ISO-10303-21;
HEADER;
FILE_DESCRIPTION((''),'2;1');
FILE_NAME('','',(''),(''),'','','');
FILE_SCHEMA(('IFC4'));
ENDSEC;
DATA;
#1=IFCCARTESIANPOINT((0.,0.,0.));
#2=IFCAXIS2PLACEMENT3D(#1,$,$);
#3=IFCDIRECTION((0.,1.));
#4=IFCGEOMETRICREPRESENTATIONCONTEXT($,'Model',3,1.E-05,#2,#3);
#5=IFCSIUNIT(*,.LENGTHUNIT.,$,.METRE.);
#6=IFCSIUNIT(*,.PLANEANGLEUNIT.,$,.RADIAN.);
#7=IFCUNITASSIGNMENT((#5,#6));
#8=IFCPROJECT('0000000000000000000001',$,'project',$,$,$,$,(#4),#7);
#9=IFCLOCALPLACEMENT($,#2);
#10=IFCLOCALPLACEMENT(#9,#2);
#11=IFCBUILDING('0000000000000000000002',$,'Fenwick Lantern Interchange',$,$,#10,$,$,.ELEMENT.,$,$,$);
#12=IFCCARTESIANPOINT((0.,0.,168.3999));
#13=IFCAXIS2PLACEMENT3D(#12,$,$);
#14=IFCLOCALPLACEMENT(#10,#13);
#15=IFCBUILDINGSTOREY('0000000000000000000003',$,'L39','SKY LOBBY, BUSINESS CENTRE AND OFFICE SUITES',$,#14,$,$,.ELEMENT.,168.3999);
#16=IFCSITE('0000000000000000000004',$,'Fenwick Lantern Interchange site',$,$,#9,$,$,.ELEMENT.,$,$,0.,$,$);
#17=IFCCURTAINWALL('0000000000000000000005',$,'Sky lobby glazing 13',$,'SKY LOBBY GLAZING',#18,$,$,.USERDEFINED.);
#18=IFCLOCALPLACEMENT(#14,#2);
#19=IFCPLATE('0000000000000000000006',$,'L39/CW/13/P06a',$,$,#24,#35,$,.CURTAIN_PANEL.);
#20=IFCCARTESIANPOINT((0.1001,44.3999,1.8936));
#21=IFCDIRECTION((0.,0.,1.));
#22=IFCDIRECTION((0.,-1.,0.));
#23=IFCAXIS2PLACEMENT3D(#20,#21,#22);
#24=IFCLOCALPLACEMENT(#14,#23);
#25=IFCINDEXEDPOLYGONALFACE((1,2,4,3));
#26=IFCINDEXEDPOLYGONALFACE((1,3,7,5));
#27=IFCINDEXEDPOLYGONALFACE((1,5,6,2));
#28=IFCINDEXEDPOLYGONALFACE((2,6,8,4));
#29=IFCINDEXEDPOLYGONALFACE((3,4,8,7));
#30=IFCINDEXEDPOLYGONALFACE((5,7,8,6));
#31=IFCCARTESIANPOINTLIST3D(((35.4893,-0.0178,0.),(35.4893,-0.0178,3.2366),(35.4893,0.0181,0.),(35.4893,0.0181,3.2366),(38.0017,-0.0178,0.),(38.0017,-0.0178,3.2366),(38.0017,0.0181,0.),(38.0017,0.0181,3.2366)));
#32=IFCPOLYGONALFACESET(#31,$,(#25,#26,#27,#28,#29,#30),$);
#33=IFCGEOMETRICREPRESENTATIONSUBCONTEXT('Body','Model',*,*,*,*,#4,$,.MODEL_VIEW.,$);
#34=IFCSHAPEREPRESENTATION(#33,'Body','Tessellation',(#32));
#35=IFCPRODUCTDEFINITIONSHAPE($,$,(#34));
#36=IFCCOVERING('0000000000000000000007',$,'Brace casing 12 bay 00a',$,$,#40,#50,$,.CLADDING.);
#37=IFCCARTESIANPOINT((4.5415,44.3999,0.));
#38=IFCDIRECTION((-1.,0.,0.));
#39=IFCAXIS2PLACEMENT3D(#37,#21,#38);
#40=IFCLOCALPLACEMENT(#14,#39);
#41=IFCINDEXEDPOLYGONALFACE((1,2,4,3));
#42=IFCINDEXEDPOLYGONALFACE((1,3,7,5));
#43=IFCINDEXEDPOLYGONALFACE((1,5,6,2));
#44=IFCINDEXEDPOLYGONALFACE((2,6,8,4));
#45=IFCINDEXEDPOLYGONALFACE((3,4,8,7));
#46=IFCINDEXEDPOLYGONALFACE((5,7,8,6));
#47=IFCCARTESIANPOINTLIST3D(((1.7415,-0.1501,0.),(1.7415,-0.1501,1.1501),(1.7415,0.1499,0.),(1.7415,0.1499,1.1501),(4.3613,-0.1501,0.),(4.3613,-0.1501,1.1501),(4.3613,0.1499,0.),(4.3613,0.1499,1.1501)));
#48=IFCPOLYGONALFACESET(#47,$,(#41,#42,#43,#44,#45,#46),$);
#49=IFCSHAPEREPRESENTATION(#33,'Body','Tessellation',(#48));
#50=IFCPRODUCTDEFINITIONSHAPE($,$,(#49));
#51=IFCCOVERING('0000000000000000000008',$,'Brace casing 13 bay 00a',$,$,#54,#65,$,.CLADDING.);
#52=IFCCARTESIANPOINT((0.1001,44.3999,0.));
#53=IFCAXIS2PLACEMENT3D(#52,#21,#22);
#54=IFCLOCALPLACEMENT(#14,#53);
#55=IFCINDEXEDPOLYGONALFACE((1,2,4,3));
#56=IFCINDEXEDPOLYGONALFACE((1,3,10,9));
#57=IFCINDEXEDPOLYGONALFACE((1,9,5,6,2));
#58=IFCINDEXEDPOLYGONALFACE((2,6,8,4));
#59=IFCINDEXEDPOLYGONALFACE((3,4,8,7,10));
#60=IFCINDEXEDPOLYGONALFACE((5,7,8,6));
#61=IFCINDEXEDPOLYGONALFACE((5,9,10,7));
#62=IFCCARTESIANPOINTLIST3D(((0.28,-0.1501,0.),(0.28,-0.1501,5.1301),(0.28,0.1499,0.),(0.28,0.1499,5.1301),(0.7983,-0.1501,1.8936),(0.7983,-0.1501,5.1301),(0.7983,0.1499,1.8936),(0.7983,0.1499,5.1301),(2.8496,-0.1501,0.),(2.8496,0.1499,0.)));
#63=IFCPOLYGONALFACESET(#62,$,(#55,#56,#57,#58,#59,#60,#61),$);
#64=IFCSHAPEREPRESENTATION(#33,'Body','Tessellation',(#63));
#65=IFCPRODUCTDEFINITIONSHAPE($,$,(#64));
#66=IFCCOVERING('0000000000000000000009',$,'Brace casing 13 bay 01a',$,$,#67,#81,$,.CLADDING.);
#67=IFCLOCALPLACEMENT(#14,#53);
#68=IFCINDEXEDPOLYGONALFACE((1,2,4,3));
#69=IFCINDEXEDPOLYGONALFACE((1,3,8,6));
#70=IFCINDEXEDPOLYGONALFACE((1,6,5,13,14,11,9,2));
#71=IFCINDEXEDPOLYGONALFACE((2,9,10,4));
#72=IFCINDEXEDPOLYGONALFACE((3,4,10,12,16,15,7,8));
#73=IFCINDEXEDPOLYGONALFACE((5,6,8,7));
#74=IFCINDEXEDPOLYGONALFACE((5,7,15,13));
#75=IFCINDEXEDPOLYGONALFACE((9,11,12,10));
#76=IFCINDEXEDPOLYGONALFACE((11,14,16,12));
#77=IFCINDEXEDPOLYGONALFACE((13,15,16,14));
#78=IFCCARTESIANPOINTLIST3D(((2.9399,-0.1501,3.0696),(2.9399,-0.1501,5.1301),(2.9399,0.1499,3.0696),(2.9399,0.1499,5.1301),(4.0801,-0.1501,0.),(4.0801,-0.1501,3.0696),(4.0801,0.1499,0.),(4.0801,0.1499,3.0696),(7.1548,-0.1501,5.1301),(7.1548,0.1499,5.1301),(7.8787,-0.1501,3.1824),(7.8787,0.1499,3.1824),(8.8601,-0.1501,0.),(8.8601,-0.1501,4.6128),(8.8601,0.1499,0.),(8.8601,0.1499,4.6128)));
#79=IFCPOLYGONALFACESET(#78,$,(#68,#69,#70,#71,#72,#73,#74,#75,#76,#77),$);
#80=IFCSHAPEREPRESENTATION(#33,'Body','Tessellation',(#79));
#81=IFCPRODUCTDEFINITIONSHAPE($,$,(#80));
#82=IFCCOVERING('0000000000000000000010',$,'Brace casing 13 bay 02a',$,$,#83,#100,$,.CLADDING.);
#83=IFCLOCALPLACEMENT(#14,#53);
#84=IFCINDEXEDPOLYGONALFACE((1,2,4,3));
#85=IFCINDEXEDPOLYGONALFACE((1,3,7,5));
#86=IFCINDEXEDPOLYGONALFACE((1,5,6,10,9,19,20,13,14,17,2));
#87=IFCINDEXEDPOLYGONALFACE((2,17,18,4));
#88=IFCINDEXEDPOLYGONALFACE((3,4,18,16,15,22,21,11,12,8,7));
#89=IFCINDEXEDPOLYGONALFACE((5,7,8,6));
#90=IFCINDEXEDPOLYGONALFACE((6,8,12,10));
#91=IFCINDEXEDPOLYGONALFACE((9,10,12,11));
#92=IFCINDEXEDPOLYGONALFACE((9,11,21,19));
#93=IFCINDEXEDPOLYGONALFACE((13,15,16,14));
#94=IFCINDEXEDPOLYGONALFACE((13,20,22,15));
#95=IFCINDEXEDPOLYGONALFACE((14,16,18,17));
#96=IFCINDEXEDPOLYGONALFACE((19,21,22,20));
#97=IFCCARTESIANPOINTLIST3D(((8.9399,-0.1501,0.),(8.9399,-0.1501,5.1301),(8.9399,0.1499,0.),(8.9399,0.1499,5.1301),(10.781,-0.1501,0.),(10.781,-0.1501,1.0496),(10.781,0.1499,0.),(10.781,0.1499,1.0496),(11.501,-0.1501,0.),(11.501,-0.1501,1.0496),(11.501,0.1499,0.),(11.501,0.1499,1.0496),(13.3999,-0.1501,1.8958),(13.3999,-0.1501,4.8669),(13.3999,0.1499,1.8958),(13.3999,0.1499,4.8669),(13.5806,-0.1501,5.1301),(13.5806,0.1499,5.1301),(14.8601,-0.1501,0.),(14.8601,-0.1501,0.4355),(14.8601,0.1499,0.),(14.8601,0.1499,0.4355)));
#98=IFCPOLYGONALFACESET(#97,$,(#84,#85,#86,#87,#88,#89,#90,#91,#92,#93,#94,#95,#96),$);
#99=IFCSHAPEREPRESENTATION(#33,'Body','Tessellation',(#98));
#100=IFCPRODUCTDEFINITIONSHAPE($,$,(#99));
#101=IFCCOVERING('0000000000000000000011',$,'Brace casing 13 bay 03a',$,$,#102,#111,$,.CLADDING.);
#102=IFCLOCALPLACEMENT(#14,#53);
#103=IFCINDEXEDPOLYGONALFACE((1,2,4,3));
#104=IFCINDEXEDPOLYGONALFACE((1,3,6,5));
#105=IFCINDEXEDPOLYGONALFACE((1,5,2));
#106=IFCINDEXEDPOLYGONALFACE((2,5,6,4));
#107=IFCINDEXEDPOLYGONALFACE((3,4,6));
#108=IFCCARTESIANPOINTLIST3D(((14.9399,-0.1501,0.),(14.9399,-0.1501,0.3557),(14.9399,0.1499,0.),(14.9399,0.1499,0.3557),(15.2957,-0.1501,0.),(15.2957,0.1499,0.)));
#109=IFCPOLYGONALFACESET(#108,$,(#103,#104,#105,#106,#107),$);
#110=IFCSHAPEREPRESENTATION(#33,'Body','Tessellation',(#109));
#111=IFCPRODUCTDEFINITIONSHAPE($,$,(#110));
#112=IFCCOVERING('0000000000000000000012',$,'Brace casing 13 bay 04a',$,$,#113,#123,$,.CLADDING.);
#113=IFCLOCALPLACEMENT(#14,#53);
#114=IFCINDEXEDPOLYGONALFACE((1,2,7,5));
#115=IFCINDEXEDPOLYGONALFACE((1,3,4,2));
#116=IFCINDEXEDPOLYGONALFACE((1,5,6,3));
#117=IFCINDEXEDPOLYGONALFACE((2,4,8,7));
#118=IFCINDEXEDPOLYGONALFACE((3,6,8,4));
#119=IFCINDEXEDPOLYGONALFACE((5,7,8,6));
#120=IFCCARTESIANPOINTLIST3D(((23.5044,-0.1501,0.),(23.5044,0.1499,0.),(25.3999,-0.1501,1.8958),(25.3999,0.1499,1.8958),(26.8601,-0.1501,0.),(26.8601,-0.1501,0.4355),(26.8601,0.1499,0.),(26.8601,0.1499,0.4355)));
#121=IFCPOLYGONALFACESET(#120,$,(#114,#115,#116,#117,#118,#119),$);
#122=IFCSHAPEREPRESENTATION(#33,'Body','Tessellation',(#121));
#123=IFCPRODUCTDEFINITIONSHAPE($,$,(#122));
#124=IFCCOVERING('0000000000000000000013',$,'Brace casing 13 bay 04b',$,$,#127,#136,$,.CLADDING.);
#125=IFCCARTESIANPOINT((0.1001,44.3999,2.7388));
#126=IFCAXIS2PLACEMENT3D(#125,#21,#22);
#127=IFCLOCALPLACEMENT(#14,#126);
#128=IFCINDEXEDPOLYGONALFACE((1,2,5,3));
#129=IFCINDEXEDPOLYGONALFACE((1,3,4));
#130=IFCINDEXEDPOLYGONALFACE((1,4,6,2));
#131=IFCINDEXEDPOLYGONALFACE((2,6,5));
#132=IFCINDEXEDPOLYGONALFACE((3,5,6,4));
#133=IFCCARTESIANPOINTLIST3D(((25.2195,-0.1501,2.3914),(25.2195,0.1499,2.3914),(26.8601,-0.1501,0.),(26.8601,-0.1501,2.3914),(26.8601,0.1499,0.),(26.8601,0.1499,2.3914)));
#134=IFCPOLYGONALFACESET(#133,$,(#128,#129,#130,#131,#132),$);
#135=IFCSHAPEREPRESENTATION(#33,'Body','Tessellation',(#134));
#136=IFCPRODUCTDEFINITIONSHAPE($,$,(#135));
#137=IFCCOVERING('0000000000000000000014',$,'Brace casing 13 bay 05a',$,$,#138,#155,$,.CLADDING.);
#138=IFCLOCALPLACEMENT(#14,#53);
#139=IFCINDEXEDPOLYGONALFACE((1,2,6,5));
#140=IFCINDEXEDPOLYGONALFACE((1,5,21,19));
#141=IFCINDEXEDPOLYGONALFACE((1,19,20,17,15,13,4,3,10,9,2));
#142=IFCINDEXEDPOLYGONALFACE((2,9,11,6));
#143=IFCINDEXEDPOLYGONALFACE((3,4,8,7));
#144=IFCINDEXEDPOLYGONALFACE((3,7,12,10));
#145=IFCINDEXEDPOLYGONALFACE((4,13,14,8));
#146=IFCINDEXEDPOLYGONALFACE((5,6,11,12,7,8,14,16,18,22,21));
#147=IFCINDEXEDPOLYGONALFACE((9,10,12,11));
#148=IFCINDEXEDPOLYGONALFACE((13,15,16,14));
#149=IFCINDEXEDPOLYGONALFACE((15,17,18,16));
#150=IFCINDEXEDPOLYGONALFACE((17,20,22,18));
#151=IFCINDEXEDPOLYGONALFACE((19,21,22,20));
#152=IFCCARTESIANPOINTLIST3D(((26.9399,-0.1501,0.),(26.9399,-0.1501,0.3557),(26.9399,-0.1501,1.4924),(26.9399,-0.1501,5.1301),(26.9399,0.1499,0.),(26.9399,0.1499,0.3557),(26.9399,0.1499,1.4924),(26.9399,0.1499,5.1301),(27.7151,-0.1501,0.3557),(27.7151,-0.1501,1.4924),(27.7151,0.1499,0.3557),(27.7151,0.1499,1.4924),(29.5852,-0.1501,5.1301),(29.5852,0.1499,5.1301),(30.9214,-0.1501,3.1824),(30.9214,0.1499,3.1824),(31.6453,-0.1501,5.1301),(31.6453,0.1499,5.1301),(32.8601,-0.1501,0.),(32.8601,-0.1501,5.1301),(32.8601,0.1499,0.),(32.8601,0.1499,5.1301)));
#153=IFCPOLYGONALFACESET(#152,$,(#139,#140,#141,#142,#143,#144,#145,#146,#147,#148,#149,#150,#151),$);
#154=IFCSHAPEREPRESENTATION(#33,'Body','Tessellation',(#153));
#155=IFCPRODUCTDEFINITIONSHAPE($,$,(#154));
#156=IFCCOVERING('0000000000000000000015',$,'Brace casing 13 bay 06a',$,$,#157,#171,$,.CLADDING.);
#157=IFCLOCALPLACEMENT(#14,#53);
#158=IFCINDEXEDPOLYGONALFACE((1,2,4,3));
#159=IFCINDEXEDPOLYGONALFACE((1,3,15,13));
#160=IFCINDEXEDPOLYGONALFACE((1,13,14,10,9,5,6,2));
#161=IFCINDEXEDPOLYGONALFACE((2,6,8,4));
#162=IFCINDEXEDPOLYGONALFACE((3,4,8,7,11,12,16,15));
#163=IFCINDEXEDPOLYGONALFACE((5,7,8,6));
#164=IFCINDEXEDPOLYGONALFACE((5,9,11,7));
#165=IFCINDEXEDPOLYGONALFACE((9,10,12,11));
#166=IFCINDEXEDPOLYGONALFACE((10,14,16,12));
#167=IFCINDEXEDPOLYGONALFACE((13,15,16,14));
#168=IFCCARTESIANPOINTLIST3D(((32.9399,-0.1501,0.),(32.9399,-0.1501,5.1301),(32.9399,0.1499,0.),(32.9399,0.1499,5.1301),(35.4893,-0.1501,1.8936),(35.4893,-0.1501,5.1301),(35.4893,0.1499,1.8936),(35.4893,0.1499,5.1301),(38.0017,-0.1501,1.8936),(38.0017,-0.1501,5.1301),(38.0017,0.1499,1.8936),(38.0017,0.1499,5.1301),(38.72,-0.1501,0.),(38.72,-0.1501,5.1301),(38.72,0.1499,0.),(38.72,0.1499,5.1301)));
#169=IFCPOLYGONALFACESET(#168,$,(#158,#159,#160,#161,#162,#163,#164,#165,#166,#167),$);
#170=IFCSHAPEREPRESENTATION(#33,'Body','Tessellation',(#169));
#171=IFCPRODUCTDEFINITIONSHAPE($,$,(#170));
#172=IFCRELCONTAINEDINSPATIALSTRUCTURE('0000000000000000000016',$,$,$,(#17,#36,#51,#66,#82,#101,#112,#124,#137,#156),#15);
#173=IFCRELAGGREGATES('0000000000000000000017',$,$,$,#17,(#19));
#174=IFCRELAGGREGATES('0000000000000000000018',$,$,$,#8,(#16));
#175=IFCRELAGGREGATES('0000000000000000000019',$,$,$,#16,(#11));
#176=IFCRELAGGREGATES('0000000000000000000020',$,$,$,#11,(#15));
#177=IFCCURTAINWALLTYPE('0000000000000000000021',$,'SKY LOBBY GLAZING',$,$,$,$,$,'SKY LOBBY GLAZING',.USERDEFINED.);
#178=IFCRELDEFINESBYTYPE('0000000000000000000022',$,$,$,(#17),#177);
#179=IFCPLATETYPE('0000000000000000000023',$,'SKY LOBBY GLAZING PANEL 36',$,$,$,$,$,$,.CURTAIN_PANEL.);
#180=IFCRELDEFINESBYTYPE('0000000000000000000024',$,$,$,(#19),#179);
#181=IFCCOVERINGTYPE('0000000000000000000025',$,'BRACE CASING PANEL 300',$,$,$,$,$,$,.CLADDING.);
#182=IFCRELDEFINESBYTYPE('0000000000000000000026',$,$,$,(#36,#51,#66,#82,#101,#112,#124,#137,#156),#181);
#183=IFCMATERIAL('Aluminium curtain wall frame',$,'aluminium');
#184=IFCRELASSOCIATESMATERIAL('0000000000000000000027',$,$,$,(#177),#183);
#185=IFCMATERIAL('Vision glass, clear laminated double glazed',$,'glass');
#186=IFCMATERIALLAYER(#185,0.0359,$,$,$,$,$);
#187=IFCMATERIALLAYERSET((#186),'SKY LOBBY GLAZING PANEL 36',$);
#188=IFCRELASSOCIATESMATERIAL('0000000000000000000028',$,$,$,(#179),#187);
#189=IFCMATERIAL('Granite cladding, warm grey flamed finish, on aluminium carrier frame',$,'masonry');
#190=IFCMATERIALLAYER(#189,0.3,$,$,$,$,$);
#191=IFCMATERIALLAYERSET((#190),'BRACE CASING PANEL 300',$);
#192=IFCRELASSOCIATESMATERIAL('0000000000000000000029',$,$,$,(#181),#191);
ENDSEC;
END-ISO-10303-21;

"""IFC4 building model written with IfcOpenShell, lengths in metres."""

from ifc_helpers import new_model, si_unit, direction, frame, origin, place, context, subcontext, project, spatial, polyline, outline, extrude, material, layer, layer_set, type_object, element, aggregate, save


model = new_model("IFC4")

# Units and contexts
model_context = context("Model", 3, precision=1e-05, world=origin(), true_north=direction((0.0, 1.0)))
body_context = subcontext(model_context, "Body", "Model", "MODEL_VIEW")
ifc_project = project(units=[si_unit("LENGTHUNIT", "METRE"), si_unit("PLANEANGLEUNIT", "RADIAN")], contexts=[model_context])

# Site, building, storey
site_placement = place(None, origin())
site = spatial("IfcSite", under=ifc_project, at=site_placement, Name="Fenwick Lantern Interchange site", CompositionType="ELEMENT", RefElevation=0.0)
building_placement = place(site_placement, origin())
building = spatial("IfcBuilding", under=site, at=building_placement, Name="Fenwick Lantern Interchange", CompositionType="ELEMENT")
storey_placement = place(building_placement, frame((0.0, 0.0, 168.3999)))
storey = spatial("IfcBuildingStorey", under=building, at=storey_placement, Name="L39", Description="SKY LOBBY, BUSINESS CENTRE AND OFFICE SUITES", CompositionType="ELEMENT", Elevation=168.3999)

# Shared definitions
ifc_material_1 = material(Name="Aluminium curtain wall frame", Category="aluminium")
curtain_wall_type = type_object("IfcCurtainWallType", Name="SKY LOBBY GLAZING", ElementType="SKY LOBBY GLAZING", PredefinedType="USERDEFINED", material=ifc_material_1)

# Curtain wall
curtain_wall_1_placement = place(storey_placement, origin())
curtain_wall_1 = element("IfcCurtainWall", 1, at=curtain_wall_1_placement, inside=storey, type_object=curtain_wall_type, Name="Sky lobby glazing 13", ObjectType="SKY LOBBY GLAZING", PredefinedType="USERDEFINED")

# Plate
ifc_material_2 = material(Name="Vision glass, clear laminated double glazed", Category="glass")
ifc_layer_1 = layer(ifc_material_2, 0.0359)
ifc_layer_set_1 = layer_set([ifc_layer_1], Name="SKY LOBBY GLAZING PANEL 36")
plate_type = type_object("IfcPlateType", Name="SKY LOBBY GLAZING PANEL 36", PredefinedType="CURTAIN_PANEL", material=ifc_layer_set_1)
plate_1_placement = place(storey_placement, frame((0.1001, 44.3999, 1.8936), z_axis=(0.0, 0.0, 1.0), x_axis=(0.0, -1.0, 0.0)))
plate_1 = element("IfcPlate", 2, at=plate_1_placement, type_object=plate_type, Name="L39/CW/13/P06a", PredefinedType="CURTAIN_PANEL", context=body_context, shape_type="SweptSolid", body=[
    extrude(outline(polyline([(35.4893, 0.0), (38.0017, 0.0), (38.0017, 3.2366), (35.4893, 3.2366), (35.4893, 0.0)])), frame((0.0, 0.0181, 0.0), z_axis=(0.0, -1.0, 0.0), x_axis=(1.0, 0.0, 0.0)), (0.0, 0.0, 1.0), 0.0359),
])
aggregate(curtain_wall_1, [plate_1])

# Coverings
ifc_material_3 = material(Name="Granite cladding, warm grey flamed finish, on aluminium carrier frame", Category="masonry")
ifc_layer_2 = layer(ifc_material_3, 0.3)
ifc_layer_set_2 = layer_set([ifc_layer_2], Name="BRACE CASING PANEL 300")
covering_type = type_object("IfcCoveringType", Name="BRACE CASING PANEL 300", PredefinedType="CLADDING", material=ifc_layer_set_2)
covering_1_placement = place(storey_placement, frame((4.5415, 44.3999, 0.0), z_axis=(0.0, 0.0, 1.0), x_axis=(-1.0, 0.0, 0.0)))
element("IfcCovering", 3, at=covering_1_placement, inside=storey, type_object=covering_type, Name="Brace casing 12 bay 00a", PredefinedType="CLADDING", context=body_context, shape_type="SweptSolid", body=[
    extrude(outline(polyline([(1.7415, 0.0), (4.3613, 0.0), (4.3613, 1.1501), (1.7415, 1.1501), (1.7415, 0.0)])), frame((0.0, 0.1499, 0.0), z_axis=(0.0, -1.0, 0.0), x_axis=(1.0, 0.0, 0.0)), (0.0, 0.0, 1.0), 0.3),
])
covering_2_placement = place(storey_placement, frame((0.1001, 44.3999, 0.0), z_axis=(0.0, 0.0, 1.0), x_axis=(0.0, -1.0, 0.0)))
element("IfcCovering", 4, at=covering_2_placement, inside=storey, type_object=covering_type, Name="Brace casing 13 bay 00a", PredefinedType="CLADDING", context=body_context, shape_type="SweptSolid", body=[
    extrude(outline(polyline([(0.28, 0.0), (2.8496, 0.0), (0.7983, 1.8936), (0.7983, 5.1301), (0.28, 5.1301), (0.28, 0.0)])), frame((0.0, 0.1499, 0.0), z_axis=(0.0, -1.0, 0.0), x_axis=(1.0, 0.0, 0.0)), (0.0, 0.0, 1.0), 0.3),
])
covering_3_placement = place(storey_placement, frame((0.1001, 44.3999, 0.0), z_axis=(0.0, 0.0, 1.0), x_axis=(0.0, -1.0, 0.0)))
element("IfcCovering", 5, at=covering_3_placement, inside=storey, type_object=covering_type, Name="Brace casing 13 bay 01a", PredefinedType="CLADDING", context=body_context, shape_type="SweptSolid", body=[
    extrude(outline(polyline([(4.0801, 0.0), (8.8601, 0.0), (8.8601, 4.6128), (7.8787, 3.1824), (7.1548, 5.1301), (2.9399, 5.1301), (2.9399, 3.0696), (4.0801, 3.0696), (4.0801, 0.0)])), frame((0.0, 0.1499, 0.0), z_axis=(0.0, -1.0, 0.0), x_axis=(1.0, 0.0, 0.0)), (0.0, 0.0, 1.0), 0.3),
])
covering_4_placement = place(storey_placement, frame((0.1001, 44.3999, 0.0), z_axis=(0.0, 0.0, 1.0), x_axis=(0.0, -1.0, 0.0)))
element("IfcCovering", 6, at=covering_4_placement, inside=storey, type_object=covering_type, Name="Brace casing 13 bay 02a", PredefinedType="CLADDING", context=body_context, shape_type="SweptSolid", body=[
    extrude(outline(polyline([(8.9399, 0.0), (10.781, 0.0), (10.781, 1.0496), (11.501, 1.0496), (11.501, 0.0), (14.8601, 0.0), (14.8601, 0.4355), (13.3999, 1.8958), (13.3999, 4.8669), (13.5806, 5.1301), (8.9399, 5.1301), (8.9399, 0.0)])), frame((0.0, 0.1499, 0.0), z_axis=(0.0, -1.0, 0.0), x_axis=(1.0, 0.0, 0.0)), (0.0, 0.0, 1.0), 0.3),
])
covering_5_placement = place(storey_placement, frame((0.1001, 44.3999, 0.0), z_axis=(0.0, 0.0, 1.0), x_axis=(0.0, -1.0, 0.0)))
element("IfcCovering", 7, at=covering_5_placement, inside=storey, type_object=covering_type, Name="Brace casing 13 bay 03a", PredefinedType="CLADDING", context=body_context, shape_type="SweptSolid", body=[
    extrude(outline(polyline([(14.9399, 0.0), (15.2957, 0.0), (14.9399, 0.3557), (14.9399, 0.0)])), frame((0.0, 0.1499, 0.0), z_axis=(0.0, -1.0, 0.0), x_axis=(1.0, 0.0, 0.0)), (0.0, 0.0, 1.0), 0.3),
])
covering_6_placement = place(storey_placement, frame((0.1001, 44.3999, 0.0), z_axis=(0.0, 0.0, 1.0), x_axis=(0.0, -1.0, 0.0)))
element("IfcCovering", 8, at=covering_6_placement, inside=storey, type_object=covering_type, Name="Brace casing 13 bay 04a", PredefinedType="CLADDING", context=body_context, shape_type="SweptSolid", body=[
    extrude(outline(polyline([(23.5044, 0.0), (26.8601, 0.0), (26.8601, 0.4355), (25.3999, 1.8958), (23.5044, 0.0)])), frame((0.0, 0.1499, 0.0), z_axis=(0.0, -1.0, 0.0), x_axis=(1.0, 0.0, 0.0)), (0.0, 0.0, 1.0), 0.3),
])
covering_7_placement = place(storey_placement, frame((0.1001, 44.3999, 2.7388), z_axis=(0.0, 0.0, 1.0), x_axis=(0.0, -1.0, 0.0)))
element("IfcCovering", 9, at=covering_7_placement, inside=storey, type_object=covering_type, Name="Brace casing 13 bay 04b", PredefinedType="CLADDING", context=body_context, shape_type="SweptSolid", body=[
    extrude(outline(polyline([(26.8601, 0.0), (26.8601, 2.3914), (25.2195, 2.3914), (26.8601, 0.0)])), frame((0.0, 0.1499, 0.0), z_axis=(0.0, -1.0, 0.0), x_axis=(1.0, 0.0, 0.0)), (0.0, 0.0, 1.0), 0.3),
])
covering_8_placement = place(storey_placement, frame((0.1001, 44.3999, 0.0), z_axis=(0.0, 0.0, 1.0), x_axis=(0.0, -1.0, 0.0)))
element("IfcCovering", 10, at=covering_8_placement, inside=storey, type_object=covering_type, Name="Brace casing 13 bay 05a", PredefinedType="CLADDING", context=body_context, shape_type="SweptSolid", body=[
    extrude(outline(polyline([(26.9399, 0.0), (32.8601, 0.0), (32.8601, 5.1301), (31.6453, 5.1301), (30.9214, 3.1824), (29.5852, 5.1301), (26.9399, 5.1301), (26.9399, 1.4924), (27.7151, 1.4924), (27.7151, 0.3557), (26.9399, 0.3557), (26.9399, 0.0)])), frame((0.0, 0.1499, 0.0), z_axis=(0.0, -1.0, 0.0), x_axis=(1.0, 0.0, 0.0)), (0.0, 0.0, 1.0), 0.3),
])
covering_9_placement = place(storey_placement, frame((0.1001, 44.3999, 0.0), z_axis=(0.0, 0.0, 1.0), x_axis=(0.0, -1.0, 0.0)))
element("IfcCovering", 11, at=covering_9_placement, inside=storey, type_object=covering_type, Name="Brace casing 13 bay 06a", PredefinedType="CLADDING", context=body_context, shape_type="SweptSolid", body=[
    extrude(outline(polyline([(32.9399, 0.0), (38.72, 0.0), (38.72, 5.1301), (38.0017, 5.1301), (38.0017, 1.8936), (35.4893, 1.8936), (35.4893, 5.1301), (32.9399, 5.1301), (32.9399, 0.0)])), frame((0.0, 0.1499, 0.0), z_axis=(0.0, -1.0, 0.0), x_axis=(1.0, 0.0, 0.0)), (0.0, 0.0, 1.0), 0.3),
])

save(model, "model.ifc")
